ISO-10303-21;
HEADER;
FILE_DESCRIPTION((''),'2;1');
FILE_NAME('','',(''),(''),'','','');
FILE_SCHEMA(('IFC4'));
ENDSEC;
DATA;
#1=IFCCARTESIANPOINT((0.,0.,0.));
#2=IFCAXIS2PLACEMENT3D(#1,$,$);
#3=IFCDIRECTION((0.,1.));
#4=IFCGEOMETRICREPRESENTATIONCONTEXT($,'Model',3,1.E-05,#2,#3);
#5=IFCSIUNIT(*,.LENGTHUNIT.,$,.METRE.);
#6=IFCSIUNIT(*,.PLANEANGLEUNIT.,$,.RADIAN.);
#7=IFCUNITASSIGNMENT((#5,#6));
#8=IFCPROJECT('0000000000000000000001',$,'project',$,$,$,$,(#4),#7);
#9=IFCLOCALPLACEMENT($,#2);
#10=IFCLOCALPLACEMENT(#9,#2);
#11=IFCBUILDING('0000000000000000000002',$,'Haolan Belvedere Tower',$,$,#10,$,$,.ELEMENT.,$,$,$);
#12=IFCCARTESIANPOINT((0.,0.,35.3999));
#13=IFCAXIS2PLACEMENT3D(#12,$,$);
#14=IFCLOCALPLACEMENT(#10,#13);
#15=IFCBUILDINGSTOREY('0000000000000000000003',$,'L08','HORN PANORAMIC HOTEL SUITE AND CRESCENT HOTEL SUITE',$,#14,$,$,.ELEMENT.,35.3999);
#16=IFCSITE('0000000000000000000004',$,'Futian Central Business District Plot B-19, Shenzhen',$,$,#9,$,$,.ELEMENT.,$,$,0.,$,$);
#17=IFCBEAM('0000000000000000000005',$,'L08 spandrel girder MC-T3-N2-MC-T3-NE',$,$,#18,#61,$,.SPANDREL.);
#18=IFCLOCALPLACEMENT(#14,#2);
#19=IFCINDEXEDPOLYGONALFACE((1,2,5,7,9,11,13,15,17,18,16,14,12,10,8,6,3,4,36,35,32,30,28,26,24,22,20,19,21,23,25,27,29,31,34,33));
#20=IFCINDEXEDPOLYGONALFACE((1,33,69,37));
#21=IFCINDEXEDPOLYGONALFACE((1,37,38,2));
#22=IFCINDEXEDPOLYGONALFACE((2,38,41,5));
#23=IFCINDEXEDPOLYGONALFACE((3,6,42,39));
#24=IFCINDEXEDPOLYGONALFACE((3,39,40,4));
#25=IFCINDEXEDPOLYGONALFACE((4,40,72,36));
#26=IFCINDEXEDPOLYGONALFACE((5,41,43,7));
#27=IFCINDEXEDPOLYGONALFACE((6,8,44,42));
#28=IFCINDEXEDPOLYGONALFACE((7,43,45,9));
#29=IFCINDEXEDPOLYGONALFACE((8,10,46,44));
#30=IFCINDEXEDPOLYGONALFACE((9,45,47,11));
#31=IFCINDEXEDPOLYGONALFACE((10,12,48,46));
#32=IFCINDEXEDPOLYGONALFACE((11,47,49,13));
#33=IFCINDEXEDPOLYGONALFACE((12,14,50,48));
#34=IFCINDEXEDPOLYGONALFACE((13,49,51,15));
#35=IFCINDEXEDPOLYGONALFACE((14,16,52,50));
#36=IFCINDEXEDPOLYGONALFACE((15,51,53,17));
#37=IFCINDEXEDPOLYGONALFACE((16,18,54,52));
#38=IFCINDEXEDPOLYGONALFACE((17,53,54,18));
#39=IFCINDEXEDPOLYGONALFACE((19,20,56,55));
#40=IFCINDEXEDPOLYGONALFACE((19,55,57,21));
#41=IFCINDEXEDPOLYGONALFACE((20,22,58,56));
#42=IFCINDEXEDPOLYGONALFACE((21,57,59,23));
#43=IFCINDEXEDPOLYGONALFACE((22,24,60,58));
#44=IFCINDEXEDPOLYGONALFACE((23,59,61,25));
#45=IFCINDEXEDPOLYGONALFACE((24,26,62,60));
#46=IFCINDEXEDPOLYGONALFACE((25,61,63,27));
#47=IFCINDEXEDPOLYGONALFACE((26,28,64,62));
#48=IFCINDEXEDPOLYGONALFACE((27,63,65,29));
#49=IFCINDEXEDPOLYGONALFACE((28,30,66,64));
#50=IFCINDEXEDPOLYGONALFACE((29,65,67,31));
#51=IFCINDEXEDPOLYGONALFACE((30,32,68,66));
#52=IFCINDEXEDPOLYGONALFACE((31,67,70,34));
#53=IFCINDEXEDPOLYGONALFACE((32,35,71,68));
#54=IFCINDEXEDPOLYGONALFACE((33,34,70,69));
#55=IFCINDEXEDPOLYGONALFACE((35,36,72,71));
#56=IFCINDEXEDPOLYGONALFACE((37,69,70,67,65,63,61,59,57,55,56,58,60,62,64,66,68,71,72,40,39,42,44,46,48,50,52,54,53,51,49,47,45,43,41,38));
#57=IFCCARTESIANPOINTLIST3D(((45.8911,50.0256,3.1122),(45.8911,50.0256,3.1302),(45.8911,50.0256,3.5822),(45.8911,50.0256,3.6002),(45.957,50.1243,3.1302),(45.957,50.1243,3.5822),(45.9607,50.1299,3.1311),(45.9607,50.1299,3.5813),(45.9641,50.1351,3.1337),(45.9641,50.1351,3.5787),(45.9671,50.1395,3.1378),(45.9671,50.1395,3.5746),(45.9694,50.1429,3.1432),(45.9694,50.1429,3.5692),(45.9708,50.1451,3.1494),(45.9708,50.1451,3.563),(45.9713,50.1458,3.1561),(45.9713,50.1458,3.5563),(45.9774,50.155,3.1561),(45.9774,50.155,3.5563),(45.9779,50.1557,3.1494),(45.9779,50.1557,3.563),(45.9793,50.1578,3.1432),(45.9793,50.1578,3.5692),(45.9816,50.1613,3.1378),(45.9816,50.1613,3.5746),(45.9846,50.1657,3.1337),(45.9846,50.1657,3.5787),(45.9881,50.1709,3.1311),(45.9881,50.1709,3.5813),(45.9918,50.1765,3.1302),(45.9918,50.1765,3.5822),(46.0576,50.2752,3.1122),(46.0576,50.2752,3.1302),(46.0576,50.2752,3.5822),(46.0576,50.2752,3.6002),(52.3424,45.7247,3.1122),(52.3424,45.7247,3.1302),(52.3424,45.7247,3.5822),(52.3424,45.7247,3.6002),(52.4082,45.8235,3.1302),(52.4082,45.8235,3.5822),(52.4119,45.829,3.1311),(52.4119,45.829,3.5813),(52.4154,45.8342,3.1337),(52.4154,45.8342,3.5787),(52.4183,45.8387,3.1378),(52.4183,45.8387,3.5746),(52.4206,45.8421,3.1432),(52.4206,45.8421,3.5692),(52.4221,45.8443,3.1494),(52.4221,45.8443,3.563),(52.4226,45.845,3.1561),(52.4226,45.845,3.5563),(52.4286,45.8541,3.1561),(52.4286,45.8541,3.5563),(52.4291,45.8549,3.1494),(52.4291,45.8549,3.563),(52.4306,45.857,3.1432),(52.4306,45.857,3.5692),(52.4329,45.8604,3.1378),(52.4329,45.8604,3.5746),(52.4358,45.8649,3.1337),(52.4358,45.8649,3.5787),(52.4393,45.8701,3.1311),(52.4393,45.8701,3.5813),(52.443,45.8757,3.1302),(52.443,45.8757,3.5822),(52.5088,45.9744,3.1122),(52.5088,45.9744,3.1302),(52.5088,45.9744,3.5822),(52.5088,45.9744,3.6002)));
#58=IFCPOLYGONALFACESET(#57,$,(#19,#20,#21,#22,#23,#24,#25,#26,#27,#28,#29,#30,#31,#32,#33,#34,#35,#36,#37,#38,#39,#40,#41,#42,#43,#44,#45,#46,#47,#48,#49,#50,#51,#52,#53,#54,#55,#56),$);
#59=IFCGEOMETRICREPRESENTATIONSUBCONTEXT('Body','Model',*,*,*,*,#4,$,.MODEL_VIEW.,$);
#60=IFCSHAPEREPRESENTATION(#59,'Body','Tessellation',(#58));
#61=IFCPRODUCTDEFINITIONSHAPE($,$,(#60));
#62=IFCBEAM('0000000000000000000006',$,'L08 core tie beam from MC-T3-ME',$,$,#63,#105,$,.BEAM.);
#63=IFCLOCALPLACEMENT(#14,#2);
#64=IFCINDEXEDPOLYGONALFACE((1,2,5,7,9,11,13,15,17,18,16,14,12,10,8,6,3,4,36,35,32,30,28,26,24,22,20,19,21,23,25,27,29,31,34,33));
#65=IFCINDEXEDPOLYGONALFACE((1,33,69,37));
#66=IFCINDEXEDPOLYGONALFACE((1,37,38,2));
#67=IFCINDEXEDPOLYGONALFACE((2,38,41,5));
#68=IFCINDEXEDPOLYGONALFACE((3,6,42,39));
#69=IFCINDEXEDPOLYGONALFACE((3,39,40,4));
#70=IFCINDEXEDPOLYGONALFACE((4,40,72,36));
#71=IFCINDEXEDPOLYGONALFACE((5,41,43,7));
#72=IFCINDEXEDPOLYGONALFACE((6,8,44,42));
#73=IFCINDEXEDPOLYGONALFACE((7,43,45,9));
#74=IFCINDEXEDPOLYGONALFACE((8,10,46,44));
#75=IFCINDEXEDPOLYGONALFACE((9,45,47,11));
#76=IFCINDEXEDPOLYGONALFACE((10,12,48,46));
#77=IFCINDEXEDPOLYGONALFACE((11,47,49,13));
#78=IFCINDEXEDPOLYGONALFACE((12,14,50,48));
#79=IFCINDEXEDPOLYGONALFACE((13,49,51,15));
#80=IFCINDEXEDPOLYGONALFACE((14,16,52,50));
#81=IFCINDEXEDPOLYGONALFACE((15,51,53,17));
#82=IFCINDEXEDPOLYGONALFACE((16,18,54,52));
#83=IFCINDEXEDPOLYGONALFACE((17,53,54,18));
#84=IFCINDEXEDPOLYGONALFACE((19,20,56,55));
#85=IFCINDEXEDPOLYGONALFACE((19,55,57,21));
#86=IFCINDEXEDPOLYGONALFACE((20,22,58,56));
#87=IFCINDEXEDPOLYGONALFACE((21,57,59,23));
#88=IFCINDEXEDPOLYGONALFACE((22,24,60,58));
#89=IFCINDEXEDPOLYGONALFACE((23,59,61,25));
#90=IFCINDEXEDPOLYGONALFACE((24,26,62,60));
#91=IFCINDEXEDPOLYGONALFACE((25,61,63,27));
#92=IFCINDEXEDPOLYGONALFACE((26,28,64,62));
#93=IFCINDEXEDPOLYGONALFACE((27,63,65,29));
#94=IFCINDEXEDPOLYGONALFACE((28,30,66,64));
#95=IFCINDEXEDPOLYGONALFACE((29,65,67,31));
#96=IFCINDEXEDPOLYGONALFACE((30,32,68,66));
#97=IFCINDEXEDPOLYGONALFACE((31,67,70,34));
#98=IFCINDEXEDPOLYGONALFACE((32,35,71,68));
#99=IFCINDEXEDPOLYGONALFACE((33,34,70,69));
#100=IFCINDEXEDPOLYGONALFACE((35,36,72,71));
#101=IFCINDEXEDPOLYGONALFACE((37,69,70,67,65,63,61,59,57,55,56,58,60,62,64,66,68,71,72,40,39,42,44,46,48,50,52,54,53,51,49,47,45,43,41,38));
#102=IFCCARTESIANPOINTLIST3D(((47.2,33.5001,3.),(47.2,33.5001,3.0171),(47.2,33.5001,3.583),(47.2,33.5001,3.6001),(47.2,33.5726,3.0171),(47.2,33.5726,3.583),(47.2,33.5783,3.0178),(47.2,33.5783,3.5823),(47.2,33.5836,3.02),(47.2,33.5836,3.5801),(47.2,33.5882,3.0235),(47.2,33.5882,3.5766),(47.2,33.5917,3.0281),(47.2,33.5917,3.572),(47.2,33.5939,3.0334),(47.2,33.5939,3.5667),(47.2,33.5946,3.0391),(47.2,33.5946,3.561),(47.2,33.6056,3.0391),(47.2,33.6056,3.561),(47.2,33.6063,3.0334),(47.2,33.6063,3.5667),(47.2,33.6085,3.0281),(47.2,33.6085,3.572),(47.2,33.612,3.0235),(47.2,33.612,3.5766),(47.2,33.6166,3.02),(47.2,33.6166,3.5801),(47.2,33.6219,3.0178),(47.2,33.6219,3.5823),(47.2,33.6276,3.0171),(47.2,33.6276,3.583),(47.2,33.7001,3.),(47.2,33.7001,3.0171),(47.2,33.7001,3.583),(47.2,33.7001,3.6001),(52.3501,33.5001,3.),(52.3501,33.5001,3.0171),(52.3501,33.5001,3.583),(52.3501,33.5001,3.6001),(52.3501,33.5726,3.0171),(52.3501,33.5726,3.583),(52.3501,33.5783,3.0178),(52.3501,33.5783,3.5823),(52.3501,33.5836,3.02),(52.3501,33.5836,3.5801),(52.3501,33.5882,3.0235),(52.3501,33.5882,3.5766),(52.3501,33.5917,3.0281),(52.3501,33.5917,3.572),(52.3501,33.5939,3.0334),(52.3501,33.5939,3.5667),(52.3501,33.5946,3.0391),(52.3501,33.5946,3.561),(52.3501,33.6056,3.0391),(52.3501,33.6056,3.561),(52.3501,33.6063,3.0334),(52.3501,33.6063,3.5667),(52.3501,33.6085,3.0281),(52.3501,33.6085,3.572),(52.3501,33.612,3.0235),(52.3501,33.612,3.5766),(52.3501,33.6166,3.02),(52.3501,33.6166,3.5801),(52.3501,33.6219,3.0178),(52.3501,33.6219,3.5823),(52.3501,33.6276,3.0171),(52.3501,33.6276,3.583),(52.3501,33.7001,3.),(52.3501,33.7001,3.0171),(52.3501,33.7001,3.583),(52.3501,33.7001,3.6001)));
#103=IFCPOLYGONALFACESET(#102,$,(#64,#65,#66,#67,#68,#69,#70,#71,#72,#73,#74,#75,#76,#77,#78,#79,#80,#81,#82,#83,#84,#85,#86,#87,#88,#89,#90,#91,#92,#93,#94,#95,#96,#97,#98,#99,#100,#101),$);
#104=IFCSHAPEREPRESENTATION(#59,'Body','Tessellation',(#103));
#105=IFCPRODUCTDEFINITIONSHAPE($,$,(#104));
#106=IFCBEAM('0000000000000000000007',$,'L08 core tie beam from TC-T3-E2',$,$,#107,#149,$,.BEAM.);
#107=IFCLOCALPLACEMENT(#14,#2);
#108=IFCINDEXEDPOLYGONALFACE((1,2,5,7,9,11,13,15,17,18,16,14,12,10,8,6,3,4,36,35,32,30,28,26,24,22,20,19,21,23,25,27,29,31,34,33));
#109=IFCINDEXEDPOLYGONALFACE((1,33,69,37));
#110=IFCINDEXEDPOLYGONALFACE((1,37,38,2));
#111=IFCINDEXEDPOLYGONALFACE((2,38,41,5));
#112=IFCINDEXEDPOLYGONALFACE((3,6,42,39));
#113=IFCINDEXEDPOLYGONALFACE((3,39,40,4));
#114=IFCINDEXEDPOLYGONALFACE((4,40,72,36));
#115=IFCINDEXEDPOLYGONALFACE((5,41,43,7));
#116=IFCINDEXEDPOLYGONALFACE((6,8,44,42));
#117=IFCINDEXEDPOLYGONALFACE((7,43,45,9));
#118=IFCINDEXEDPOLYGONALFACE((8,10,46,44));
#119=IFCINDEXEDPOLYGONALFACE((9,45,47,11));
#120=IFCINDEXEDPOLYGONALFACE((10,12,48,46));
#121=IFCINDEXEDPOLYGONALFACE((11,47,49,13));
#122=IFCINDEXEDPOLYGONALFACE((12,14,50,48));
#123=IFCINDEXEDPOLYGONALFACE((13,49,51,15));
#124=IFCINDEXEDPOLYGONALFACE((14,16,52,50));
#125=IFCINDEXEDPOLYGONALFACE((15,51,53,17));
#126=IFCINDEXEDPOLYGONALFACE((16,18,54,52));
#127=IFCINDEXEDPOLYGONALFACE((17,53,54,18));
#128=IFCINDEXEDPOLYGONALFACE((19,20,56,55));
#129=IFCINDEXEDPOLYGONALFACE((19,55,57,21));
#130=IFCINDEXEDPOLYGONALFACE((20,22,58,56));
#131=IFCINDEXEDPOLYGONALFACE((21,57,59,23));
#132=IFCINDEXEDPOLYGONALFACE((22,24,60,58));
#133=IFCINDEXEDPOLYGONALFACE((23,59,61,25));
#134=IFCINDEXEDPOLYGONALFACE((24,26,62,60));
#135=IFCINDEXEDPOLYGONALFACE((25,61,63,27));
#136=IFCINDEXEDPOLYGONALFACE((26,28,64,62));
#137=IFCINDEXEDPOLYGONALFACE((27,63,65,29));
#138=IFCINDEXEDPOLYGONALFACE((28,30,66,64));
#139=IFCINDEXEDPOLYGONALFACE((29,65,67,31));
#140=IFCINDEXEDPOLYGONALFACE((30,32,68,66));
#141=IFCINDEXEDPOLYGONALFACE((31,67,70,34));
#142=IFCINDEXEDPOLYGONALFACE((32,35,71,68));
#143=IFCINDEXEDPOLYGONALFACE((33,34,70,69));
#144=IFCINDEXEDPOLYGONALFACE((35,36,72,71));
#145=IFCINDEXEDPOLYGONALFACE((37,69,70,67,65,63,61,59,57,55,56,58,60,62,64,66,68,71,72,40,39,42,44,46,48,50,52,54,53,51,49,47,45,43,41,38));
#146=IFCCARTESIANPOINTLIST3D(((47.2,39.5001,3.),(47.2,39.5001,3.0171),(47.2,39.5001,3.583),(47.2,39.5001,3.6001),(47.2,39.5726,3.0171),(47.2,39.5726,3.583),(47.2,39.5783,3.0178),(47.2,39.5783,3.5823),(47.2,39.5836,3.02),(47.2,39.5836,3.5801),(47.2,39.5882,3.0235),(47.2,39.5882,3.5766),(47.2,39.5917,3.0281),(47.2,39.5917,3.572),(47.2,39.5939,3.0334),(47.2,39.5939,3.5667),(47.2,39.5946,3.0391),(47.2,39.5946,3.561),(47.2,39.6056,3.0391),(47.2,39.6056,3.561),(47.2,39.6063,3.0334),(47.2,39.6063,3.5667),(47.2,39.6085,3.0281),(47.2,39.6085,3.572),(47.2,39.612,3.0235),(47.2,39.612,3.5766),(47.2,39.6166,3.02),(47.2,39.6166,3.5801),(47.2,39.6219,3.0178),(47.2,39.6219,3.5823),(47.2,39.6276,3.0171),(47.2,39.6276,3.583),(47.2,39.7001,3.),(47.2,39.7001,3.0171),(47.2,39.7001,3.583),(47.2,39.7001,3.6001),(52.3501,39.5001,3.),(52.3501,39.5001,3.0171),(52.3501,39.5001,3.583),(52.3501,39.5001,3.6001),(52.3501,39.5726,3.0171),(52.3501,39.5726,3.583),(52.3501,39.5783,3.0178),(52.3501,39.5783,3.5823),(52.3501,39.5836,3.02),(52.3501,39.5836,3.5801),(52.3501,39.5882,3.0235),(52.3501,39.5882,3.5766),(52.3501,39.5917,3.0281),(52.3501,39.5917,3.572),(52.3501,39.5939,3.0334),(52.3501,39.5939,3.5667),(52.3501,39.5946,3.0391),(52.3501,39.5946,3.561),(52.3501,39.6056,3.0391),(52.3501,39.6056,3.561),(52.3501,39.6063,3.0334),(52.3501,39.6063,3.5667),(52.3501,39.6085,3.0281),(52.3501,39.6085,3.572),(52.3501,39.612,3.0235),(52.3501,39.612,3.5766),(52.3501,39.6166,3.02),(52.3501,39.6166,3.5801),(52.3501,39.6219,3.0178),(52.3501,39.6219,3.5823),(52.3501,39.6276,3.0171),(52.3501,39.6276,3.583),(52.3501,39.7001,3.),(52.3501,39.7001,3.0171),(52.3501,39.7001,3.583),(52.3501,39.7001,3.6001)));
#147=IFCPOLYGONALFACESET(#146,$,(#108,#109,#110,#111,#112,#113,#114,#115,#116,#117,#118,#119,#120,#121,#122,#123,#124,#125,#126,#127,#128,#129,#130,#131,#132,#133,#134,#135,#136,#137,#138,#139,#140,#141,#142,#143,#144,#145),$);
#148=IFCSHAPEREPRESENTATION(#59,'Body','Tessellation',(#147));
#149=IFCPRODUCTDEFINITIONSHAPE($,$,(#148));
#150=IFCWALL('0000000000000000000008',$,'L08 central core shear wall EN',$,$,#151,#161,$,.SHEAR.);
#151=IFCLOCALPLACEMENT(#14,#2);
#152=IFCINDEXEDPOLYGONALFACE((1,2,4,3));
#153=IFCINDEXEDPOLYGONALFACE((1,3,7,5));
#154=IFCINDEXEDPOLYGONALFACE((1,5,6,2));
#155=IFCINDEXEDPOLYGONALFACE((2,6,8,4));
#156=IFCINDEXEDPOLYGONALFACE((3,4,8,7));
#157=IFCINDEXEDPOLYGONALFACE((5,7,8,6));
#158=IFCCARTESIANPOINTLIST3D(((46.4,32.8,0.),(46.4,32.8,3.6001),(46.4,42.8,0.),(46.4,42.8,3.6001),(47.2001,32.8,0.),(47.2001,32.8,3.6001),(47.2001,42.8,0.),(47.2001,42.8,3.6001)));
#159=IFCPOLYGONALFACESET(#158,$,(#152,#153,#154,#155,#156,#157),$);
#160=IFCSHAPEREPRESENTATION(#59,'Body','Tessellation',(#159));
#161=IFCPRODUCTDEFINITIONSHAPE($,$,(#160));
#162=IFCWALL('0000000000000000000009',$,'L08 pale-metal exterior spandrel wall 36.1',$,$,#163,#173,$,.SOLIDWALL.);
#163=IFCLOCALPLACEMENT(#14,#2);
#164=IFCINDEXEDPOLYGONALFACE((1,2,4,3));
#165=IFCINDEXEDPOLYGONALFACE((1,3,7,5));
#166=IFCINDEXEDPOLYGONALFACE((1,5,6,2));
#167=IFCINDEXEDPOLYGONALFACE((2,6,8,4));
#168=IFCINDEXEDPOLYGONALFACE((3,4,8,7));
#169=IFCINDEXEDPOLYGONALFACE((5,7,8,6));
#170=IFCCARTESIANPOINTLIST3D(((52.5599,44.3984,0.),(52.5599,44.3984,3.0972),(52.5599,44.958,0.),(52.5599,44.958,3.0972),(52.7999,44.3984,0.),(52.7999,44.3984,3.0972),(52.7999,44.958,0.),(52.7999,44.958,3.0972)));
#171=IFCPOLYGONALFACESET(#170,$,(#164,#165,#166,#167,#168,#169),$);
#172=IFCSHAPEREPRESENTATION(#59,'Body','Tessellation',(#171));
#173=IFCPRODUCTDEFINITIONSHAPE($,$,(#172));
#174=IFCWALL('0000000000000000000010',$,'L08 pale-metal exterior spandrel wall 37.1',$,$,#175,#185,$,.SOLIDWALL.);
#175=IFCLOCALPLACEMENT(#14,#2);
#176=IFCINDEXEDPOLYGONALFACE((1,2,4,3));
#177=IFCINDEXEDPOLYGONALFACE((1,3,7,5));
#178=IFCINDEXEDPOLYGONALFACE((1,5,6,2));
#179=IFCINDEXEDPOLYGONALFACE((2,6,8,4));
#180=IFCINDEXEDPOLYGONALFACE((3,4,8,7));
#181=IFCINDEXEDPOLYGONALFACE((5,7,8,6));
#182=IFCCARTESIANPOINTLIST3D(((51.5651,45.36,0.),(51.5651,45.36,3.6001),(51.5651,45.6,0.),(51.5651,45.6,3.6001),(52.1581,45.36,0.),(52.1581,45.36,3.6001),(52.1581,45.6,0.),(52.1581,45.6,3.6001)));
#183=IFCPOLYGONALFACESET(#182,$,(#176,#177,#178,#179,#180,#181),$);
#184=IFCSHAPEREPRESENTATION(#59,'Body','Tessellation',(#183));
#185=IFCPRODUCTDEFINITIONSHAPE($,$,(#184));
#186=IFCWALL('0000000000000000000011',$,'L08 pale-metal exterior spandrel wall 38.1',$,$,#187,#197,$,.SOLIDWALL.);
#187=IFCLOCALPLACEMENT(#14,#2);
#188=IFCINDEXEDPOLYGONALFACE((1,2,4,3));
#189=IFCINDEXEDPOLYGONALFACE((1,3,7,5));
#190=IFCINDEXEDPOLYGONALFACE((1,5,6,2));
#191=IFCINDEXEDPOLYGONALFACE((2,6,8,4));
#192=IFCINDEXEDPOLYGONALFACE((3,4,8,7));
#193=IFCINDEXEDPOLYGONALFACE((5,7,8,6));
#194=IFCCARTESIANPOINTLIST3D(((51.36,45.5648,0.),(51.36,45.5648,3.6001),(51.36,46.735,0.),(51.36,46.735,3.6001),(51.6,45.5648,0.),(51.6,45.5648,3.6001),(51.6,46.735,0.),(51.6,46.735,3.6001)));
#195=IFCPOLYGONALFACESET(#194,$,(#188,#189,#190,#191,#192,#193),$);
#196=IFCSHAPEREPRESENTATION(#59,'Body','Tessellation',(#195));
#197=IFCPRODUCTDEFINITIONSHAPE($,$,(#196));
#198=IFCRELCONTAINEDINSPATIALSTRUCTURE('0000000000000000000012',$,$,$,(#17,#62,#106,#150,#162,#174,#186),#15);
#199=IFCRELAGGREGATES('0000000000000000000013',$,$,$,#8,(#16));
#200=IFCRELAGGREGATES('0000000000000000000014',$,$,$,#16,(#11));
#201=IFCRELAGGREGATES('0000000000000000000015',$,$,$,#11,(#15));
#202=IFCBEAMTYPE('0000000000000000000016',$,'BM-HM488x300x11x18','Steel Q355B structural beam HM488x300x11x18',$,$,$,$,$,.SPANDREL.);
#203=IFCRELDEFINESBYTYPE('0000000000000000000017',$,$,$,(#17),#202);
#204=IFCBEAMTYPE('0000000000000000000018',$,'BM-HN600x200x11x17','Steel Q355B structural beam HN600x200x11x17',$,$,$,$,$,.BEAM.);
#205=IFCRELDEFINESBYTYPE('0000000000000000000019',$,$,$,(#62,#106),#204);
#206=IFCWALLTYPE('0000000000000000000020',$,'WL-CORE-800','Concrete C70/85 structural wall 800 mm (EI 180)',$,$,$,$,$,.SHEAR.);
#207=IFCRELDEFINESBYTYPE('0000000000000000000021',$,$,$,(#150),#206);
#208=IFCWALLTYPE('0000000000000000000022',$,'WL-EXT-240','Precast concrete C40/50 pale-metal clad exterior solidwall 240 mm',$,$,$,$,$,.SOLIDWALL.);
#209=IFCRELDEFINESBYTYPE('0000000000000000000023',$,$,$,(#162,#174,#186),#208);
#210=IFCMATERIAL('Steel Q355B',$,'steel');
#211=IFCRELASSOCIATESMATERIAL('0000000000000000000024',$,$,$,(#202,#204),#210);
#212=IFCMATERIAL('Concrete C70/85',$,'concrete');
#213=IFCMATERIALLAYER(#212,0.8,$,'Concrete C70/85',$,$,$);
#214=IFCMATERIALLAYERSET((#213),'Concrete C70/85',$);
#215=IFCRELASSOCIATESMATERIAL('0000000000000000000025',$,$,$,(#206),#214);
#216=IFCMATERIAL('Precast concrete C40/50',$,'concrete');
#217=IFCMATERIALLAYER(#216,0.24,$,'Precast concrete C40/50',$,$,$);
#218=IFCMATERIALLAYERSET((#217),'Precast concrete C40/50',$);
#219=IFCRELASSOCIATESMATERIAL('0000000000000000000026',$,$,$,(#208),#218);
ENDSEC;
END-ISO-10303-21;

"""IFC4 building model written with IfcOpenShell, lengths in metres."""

from ifc_helpers import new_model, si_unit, direction, frame, frame_2d, origin, origin_2d, place, context, subcontext, project, spatial, rectangle, i_section, extrude, material, layer, layer_set, material_profile, profile_set, type_object, element, save


model = new_model("IFC4")

# Units and contexts
model_context = context("Model", 3, precision=1e-05, world=origin(), true_north=direction((0.0, 1.0)))
body_context = subcontext(model_context, "Body", "Model", "MODEL_VIEW")
ifc_project = project(units=[si_unit("LENGTHUNIT", "METRE"), si_unit("PLANEANGLEUNIT", "RADIAN")], contexts=[model_context])

# Site, building, storey
site_placement = place(None, origin())
site = spatial("IfcSite", under=ifc_project, at=site_placement, Name="Futian Central Business District Plot B-19, Shenzhen", CompositionType="ELEMENT", RefElevation=0.0)
building_placement = place(site_placement, origin())
building = spatial("IfcBuilding", under=site, at=building_placement, Name="Haolan Belvedere Tower", CompositionType="ELEMENT")
storey_placement = place(building_placement, frame((0.0, 0.0, 35.3999)))
storey = spatial("IfcBuildingStorey", under=building, at=storey_placement, Name="L08", Description="HORN PANORAMIC HOTEL SUITE AND CRESCENT HOTEL SUITE", CompositionType="ELEMENT", Elevation=35.3999)

# Beams
ifc_material_1 = material(Name="Steel Q355B", Category="steel")
ifc_material_profile_1 = material_profile(ifc_material_1, i_section(OverallWidth=0.3, OverallDepth=0.488, WebThickness=0.011, FlangeThickness=0.0181, FilletRadius=0.0259, at=origin_2d()), Name="Steel Q355B")
ifc_profile_set_1 = profile_set([ifc_material_profile_1], Name="Steel Q355B")
beam_type_1 = type_object("IfcBeamType", Name="BM-HM488x300x11x18", Description="Steel Q355B structural beam HM488x300x11x18", PredefinedType="SPANDREL", material=ifc_profile_set_1)
beam_placement = place(storey_placement, frame((45.9744, 50.1504, 3.3562), z_axis=(0.83205, -0.5547, 0.0), x_axis=(0.5547, 0.83205, 0.0)))
element("IfcBeam", 1, at=beam_placement, inside=storey, type_object=beam_type_1, Name="L08 spandrel girder MC-T3-N2-MC-T3-NE", PredefinedType="SPANDREL", context=body_context, shape_type="SweptSolid", body=[
    extrude(i_section(OverallWidth=0.3, OverallDepth=0.488, WebThickness=0.011, FlangeThickness=0.0181, FilletRadius=0.0259, at=origin_2d()), origin(), (0.0, 0.0, 1.0), 7.7534),
])
ifc_material_profile_2 = material_profile(ifc_material_1, i_section(OverallWidth=0.2, OverallDepth=0.6001, WebThickness=0.011, FlangeThickness=0.0171, FilletRadius=0.022, at=origin_2d()), Name="Steel Q355B")
ifc_profile_set_2 = profile_set([ifc_material_profile_2], Name="Steel Q355B")
beam_type_2 = type_object("IfcBeamType", Name="BM-HN600x200x11x17", Description="Steel Q355B structural beam HN600x200x11x17", PredefinedType="BEAM", material=ifc_profile_set_2)
for number, where, z_axis, x_axis, name in (
    (2, (52.3501, 33.6001, 3.3), (-1.0, 0.0, 0.0), (0.0, -1.0, 0.0), "L08 core tie beam from MC-T3-ME"),
    (3, (52.3501, 39.6001, 3.3), (-1.0, 0.0, 0.0), (0.0, -1.0, 0.0), "L08 core tie beam from TC-T3-E2"),
):
    element("IfcBeam", number, at=place(storey_placement, frame(where, z_axis=z_axis, x_axis=x_axis)), inside=storey, type_object=beam_type_2, Name=name, PredefinedType="BEAM", context=body_context, shape_type="SweptSolid", body=[
        extrude(i_section(OverallWidth=0.2, OverallDepth=0.6001, WebThickness=0.011, FlangeThickness=0.0171, FilletRadius=0.022, at=origin_2d()), origin(), (0.0, 0.0, 1.0), 5.1501),
    ])

# Walls
ifc_material_2 = material(Name="Concrete C70/85", Category="concrete")
ifc_layer_1 = layer(ifc_material_2, 0.8, Name="Concrete C70/85")
ifc_layer_set_1 = layer_set([ifc_layer_1], Name="Concrete C70/85")
wall_type_1 = type_object("IfcWallType", Name="WL-CORE-800", Description="Concrete C70/85 structural wall 800 mm (EI 180)", PredefinedType="SHEAR", material=ifc_layer_set_1)
wall_1_placement = place(storey_placement, frame((46.8, 32.8, 0.0), z_axis=(0.0, 0.0, 1.0), x_axis=(0.0, 1.0, 0.0)))
element("IfcWall", 4, at=wall_1_placement, inside=storey, type_object=wall_type_1, Name="L08 central core shear wall EN", PredefinedType="SHEAR", context=body_context, shape_type="SweptSolid", body=[
    extrude(rectangle(XDim=10.0, YDim=0.8, at=frame_2d((5.0, 0.0))), origin(), (0.0, 0.0, 1.0), 3.6001),
])
ifc_material_3 = material(Name="Precast concrete C40/50", Category="concrete")
ifc_layer_2 = layer(ifc_material_3, 0.24, Name="Precast concrete C40/50")
ifc_layer_set_2 = layer_set([ifc_layer_2], Name="Precast concrete C40/50")
wall_type_2 = type_object("IfcWallType", Name="WL-EXT-240", Description="Precast concrete C40/50 pale-metal clad exterior solidwall 240 mm", PredefinedType="SOLIDWALL", material=ifc_layer_set_2)
wall_2_placement = place(storey_placement, frame((52.6799, 44.3984, 0.0), z_axis=(0.0, 0.0, 1.0), x_axis=(0.0, 1.0, 0.0)))
element("IfcWall", 5, at=wall_2_placement, inside=storey, type_object=wall_type_2, Name="L08 pale-metal exterior spandrel wall 36.1", PredefinedType="SOLIDWALL", context=body_context, shape_type="SweptSolid", body=[
    extrude(rectangle(XDim=0.5596, YDim=0.24, at=frame_2d((0.2798, 0.0))), origin(), (0.0, 0.0, 1.0), 3.0972),
])
wall_3_placement = place(storey_placement, frame((52.158, 45.48, 0.0), z_axis=(0.0, 0.0, 1.0), x_axis=(-1.0, 0.0, 0.0)))
element("IfcWall", 6, at=wall_3_placement, inside=storey, type_object=wall_type_2, Name="L08 pale-metal exterior spandrel wall 37.1", PredefinedType="SOLIDWALL", context=body_context, shape_type="SweptSolid", body=[
    extrude(rectangle(XDim=0.593, YDim=0.24, at=frame_2d((0.2964, 0.0))), origin(), (0.0, 0.0, 1.0), 3.6001),
])
wall_4_placement = place(storey_placement, frame((51.48, 45.5649, 0.0), z_axis=(0.0, 0.0, 1.0), x_axis=(0.0, 1.0, 0.0)))
element("IfcWall", 7, at=wall_4_placement, inside=storey, type_object=wall_type_2, Name="L08 pale-metal exterior spandrel wall 38.1", PredefinedType="SOLIDWALL", context=body_context, shape_type="SweptSolid", body=[
    extrude(rectangle(XDim=1.1702, YDim=0.24, at=frame_2d((0.585, 0.0))), origin(), (0.0, 0.0, 1.0), 3.6001),
])

save(model, "model.ifc")
